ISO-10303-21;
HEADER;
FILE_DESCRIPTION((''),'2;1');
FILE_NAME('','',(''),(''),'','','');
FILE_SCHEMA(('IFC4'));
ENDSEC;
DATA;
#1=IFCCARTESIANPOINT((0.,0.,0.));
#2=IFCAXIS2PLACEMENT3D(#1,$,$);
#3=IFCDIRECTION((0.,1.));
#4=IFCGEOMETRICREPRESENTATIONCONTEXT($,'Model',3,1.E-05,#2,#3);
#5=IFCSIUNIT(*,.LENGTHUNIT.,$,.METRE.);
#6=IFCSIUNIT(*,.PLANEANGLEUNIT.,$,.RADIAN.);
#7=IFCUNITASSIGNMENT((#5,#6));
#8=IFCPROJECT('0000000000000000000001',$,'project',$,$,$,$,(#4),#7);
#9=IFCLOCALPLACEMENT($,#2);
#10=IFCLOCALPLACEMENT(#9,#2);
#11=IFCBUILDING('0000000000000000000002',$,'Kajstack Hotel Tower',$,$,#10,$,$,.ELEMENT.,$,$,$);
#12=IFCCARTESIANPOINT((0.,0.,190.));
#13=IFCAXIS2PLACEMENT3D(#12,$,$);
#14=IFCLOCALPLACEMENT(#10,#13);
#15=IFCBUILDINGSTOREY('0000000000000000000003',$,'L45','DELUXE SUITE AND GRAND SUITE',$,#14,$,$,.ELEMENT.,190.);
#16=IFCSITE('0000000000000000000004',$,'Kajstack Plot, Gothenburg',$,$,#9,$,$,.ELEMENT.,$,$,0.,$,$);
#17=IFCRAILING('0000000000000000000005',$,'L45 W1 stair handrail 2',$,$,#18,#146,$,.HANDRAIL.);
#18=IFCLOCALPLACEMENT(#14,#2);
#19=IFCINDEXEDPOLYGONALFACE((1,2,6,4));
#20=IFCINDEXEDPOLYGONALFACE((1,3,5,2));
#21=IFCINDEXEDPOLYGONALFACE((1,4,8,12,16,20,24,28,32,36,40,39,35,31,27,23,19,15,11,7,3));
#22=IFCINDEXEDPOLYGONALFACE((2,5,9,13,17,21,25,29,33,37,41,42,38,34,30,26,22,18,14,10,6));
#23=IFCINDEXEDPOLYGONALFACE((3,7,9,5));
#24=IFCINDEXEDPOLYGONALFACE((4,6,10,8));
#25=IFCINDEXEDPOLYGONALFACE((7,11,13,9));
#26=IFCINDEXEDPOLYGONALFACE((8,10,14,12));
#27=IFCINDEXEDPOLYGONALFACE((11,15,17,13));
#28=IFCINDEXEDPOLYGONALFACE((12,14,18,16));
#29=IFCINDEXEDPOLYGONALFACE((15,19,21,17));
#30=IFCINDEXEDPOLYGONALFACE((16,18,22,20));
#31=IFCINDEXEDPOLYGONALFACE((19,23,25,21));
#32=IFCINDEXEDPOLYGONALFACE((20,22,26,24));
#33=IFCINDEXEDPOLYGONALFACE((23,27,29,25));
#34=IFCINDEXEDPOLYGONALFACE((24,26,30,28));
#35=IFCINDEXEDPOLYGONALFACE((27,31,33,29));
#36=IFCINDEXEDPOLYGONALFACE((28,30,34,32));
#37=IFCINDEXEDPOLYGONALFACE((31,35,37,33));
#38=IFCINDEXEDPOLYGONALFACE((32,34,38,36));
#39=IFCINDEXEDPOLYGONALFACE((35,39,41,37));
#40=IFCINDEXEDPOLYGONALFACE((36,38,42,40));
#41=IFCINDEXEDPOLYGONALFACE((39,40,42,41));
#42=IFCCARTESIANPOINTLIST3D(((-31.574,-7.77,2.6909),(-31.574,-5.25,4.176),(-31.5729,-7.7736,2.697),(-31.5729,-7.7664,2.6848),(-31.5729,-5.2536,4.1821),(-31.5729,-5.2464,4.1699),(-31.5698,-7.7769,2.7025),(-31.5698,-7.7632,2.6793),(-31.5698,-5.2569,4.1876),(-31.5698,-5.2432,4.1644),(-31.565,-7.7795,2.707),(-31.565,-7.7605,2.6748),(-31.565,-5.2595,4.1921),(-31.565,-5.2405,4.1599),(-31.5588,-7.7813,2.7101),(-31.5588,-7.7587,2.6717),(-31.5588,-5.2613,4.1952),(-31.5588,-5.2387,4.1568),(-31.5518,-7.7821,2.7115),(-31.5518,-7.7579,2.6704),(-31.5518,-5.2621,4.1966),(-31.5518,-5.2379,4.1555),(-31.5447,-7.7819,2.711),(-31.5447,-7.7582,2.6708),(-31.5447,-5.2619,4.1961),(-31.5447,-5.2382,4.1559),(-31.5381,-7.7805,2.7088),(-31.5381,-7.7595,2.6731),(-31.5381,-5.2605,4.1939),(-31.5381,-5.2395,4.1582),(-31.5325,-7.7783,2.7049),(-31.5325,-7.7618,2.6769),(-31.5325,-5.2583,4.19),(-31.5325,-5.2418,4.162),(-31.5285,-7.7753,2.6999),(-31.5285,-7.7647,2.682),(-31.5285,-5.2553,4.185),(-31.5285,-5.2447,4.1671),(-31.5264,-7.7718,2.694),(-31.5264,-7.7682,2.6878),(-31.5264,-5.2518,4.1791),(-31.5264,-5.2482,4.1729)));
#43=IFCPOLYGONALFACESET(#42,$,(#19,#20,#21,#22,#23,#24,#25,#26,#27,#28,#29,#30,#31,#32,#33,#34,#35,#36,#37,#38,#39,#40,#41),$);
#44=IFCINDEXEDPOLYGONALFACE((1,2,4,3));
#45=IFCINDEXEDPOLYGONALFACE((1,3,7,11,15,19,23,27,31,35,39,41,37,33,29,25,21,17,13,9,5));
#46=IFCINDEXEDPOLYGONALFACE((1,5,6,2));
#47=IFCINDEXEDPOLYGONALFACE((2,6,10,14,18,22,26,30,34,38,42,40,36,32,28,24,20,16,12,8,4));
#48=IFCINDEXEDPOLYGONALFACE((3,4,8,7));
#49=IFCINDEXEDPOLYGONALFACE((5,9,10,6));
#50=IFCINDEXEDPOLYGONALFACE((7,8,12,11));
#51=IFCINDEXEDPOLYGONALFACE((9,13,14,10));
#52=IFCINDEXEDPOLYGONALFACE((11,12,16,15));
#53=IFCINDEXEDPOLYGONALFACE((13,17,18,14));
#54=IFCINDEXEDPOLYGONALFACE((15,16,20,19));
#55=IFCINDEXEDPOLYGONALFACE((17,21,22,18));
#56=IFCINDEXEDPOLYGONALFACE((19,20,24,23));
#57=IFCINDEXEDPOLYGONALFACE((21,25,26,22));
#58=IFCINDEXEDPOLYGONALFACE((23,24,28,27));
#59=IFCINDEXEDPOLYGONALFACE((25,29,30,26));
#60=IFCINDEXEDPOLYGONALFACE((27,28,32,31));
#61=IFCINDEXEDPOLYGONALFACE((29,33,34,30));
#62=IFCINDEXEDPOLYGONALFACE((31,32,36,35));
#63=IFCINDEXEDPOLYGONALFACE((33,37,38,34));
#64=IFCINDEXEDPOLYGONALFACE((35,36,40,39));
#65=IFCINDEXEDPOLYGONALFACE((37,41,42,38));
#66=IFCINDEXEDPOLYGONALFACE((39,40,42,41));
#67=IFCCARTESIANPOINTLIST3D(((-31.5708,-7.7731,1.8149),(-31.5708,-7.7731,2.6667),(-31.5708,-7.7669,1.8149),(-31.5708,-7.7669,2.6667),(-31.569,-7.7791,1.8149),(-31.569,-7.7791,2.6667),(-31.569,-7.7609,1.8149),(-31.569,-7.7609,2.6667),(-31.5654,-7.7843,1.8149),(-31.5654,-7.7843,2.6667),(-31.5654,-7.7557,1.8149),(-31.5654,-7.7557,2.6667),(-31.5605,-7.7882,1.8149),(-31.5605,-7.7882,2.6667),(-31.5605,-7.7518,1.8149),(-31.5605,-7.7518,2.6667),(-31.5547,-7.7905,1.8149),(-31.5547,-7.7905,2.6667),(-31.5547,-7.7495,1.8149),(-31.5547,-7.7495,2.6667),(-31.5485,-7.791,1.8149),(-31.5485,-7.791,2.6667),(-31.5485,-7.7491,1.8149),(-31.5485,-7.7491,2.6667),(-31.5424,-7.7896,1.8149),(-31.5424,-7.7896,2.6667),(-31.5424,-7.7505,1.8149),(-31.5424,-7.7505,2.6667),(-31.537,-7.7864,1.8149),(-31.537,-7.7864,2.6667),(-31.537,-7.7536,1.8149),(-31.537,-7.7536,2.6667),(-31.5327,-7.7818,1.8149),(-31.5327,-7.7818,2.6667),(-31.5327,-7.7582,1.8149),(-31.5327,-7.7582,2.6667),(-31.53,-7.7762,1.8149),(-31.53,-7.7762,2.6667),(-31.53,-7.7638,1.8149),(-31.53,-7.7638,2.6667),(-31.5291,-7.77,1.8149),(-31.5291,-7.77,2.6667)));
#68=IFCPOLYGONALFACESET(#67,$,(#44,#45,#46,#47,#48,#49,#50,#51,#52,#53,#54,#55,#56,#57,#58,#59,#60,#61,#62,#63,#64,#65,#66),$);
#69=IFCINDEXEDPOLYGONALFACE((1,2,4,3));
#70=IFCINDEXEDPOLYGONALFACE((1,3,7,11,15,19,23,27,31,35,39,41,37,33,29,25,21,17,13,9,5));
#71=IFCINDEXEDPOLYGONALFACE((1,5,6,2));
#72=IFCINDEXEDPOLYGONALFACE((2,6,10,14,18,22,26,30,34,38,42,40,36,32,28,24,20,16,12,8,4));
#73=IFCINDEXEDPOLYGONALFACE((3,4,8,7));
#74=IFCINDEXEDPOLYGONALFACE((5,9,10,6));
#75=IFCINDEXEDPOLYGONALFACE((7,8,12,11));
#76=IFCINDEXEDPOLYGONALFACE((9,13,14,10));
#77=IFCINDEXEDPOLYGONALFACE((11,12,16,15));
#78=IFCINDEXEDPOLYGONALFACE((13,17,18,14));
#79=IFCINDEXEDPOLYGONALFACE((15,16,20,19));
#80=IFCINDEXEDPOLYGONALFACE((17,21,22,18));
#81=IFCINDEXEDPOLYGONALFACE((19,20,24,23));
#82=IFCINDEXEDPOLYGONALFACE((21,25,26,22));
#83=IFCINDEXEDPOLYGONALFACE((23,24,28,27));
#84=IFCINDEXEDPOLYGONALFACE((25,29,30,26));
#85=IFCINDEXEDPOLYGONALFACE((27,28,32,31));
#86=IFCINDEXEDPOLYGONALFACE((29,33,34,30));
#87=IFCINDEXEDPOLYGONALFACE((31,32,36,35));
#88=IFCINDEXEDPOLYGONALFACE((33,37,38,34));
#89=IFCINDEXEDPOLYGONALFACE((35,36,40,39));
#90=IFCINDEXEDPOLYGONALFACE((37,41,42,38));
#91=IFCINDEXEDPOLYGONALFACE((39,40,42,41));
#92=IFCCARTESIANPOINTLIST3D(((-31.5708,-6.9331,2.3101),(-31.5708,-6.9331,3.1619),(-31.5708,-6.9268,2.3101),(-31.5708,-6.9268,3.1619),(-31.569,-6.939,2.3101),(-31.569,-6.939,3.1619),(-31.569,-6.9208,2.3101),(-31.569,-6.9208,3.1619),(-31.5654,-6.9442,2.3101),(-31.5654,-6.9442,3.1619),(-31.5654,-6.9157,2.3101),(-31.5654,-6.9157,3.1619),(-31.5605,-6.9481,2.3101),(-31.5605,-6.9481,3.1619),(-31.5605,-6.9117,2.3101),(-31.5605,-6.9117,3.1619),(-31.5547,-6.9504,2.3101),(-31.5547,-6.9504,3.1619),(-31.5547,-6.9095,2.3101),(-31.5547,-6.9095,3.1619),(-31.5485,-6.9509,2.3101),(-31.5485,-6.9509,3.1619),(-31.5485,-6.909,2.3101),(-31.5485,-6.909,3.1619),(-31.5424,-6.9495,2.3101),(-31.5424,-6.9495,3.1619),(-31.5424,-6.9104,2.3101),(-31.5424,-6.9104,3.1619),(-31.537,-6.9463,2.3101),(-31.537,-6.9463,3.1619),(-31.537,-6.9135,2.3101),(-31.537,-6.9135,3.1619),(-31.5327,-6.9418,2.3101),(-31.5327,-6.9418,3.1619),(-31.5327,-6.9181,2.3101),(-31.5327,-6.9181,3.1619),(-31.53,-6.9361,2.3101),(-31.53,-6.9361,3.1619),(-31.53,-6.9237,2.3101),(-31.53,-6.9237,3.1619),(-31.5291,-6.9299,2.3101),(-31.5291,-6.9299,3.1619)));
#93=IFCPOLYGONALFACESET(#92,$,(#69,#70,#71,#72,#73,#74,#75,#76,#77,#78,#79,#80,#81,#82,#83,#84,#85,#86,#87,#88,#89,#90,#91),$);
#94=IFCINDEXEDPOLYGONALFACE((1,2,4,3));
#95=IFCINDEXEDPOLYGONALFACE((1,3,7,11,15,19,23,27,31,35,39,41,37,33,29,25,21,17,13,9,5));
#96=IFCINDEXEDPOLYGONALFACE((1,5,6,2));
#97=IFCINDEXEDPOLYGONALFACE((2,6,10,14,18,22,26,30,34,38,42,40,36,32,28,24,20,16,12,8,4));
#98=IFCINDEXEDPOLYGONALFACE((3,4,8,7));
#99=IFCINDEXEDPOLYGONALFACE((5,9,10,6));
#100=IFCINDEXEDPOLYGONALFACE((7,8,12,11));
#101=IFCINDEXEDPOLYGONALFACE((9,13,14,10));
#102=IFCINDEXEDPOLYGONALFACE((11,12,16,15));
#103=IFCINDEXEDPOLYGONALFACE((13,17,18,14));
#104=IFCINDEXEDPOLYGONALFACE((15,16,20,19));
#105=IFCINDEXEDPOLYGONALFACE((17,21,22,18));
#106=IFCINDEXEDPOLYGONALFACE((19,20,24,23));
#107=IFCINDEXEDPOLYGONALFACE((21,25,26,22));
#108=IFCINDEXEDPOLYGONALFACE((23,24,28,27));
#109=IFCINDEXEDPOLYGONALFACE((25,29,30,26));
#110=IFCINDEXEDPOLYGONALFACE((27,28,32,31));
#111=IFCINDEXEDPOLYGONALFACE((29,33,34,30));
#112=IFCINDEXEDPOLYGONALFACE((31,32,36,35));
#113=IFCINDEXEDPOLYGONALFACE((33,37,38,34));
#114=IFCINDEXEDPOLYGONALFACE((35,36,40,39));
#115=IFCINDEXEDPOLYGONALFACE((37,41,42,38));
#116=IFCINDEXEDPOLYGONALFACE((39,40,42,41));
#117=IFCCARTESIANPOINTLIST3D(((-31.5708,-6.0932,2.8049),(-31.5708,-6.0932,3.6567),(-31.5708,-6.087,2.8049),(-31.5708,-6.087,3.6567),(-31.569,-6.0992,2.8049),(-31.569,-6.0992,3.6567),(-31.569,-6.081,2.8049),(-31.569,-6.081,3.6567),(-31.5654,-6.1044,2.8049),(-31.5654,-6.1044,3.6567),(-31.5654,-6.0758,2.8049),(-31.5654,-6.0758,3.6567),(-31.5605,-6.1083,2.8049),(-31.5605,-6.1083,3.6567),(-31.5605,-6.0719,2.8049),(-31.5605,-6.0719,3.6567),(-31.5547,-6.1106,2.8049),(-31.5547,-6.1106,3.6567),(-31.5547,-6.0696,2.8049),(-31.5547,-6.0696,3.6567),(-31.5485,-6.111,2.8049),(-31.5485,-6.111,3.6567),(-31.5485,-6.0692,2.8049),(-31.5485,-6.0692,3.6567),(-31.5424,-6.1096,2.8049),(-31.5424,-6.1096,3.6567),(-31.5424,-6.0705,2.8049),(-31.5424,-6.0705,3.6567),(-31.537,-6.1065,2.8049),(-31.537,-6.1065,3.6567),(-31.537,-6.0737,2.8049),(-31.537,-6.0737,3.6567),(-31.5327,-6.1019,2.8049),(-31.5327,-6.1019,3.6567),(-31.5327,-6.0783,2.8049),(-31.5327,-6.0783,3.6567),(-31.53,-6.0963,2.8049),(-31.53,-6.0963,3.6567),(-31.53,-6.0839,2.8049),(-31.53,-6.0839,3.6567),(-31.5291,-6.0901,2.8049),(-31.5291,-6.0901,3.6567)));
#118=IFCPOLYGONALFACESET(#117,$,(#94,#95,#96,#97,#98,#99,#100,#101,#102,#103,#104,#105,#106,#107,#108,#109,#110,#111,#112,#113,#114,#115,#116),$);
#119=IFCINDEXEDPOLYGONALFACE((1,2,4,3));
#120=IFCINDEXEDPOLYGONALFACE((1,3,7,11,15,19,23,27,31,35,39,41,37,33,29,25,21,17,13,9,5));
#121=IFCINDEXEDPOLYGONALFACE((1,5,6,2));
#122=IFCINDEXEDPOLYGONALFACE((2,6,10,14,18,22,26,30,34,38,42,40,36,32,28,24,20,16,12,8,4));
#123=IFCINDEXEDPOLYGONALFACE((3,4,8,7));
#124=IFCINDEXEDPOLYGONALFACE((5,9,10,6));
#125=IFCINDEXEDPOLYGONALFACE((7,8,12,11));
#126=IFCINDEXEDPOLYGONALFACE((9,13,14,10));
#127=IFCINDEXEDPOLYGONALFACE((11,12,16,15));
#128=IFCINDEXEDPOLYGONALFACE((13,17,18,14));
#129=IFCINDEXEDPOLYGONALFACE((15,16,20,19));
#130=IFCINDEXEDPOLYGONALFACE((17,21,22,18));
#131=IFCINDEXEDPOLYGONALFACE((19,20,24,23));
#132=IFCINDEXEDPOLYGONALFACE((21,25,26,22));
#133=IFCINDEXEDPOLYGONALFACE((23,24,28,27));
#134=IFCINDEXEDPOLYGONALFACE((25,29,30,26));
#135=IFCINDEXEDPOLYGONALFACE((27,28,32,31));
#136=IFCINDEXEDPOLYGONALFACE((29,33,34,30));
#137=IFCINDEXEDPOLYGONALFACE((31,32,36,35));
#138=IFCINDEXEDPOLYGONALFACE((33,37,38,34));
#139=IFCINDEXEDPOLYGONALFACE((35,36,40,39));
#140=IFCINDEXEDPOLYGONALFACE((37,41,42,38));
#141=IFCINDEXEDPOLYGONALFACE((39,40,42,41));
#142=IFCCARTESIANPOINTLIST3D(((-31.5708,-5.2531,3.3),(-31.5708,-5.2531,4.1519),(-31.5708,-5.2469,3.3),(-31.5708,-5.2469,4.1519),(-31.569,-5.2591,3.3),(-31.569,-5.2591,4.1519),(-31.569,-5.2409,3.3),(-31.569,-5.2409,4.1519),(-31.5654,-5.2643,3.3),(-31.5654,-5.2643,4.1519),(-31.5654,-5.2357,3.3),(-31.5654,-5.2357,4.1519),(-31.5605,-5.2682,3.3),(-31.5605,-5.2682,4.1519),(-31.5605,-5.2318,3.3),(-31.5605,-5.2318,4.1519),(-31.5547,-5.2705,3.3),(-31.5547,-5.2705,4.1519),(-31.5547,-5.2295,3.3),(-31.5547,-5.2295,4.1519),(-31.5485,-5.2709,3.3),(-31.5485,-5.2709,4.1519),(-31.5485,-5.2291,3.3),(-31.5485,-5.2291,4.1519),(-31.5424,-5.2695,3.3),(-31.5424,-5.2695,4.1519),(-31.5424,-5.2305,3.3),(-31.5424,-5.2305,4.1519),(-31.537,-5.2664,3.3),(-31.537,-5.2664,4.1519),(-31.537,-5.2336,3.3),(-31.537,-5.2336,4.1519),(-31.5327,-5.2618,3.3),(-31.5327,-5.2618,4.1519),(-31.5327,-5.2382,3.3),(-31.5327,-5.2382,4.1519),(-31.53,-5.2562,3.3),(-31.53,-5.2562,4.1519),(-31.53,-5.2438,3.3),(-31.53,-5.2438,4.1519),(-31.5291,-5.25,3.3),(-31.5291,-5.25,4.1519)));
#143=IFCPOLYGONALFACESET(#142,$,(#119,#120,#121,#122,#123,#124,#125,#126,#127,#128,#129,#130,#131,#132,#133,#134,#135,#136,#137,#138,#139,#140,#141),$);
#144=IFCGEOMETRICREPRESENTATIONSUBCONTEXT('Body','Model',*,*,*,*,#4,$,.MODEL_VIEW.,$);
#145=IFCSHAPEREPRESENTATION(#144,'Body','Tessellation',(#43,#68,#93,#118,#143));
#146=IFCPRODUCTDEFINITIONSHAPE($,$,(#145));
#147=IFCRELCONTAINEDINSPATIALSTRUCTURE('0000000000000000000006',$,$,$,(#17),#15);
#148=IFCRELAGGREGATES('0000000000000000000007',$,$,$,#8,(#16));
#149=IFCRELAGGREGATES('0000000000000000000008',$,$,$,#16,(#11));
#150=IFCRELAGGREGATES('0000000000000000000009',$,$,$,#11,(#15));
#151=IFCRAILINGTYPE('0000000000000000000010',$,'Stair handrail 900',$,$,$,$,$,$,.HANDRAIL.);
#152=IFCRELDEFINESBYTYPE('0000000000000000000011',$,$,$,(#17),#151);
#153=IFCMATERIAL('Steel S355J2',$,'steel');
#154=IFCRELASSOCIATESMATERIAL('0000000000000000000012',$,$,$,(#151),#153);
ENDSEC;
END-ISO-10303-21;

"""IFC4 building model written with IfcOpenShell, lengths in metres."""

from ifc_helpers import new_model, si_unit, direction, frame, origin, origin_2d, place, context, subcontext, project, spatial, circle, extrude, material, type_object, element, save


model = new_model("IFC4")

# Units and contexts
model_context = context("Model", 3, precision=1e-05, world=origin(), true_north=direction((0.0, 1.0)))
body_context = subcontext(model_context, "Body", "Model", "MODEL_VIEW")
ifc_project = project(units=[si_unit("LENGTHUNIT", "METRE"), si_unit("PLANEANGLEUNIT", "RADIAN")], contexts=[model_context])

# Site, building, storey
site_placement = place(None, origin())
site = spatial("IfcSite", under=ifc_project, at=site_placement, Name="Kajstack Plot, Gothenburg", CompositionType="ELEMENT", RefElevation=0.0)
building_placement = place(site_placement, origin())
building = spatial("IfcBuilding", under=site, at=building_placement, Name="Kajstack Hotel Tower", CompositionType="ELEMENT")
storey_placement = place(building_placement, frame((0.0, 0.0, 190.0)))
storey = spatial("IfcBuildingStorey", under=building, at=storey_placement, Name="L45", Description="DELUXE SUITE AND GRAND SUITE", CompositionType="ELEMENT", Elevation=190.0)

# Railing
ifc_material_1 = material(Name="Steel S355J2", Category="steel")
railing_type_1 = type_object("IfcRailingType", Name="Stair handrail 900", PredefinedType="HANDRAIL", material=ifc_material_1)
railing_1_placement = place(storey_placement, frame((-31.55, -7.77, 1.8149)))
element("IfcRailing", 1, at=railing_1_placement, inside=storey, type_object=railing_type_1, Name="L45 W1 stair handrail 2", PredefinedType="HANDRAIL", context=body_context, shape_type="SweptSolid", body=[
    extrude(circle(Radius=0.0239, at=origin_2d()), frame((0.0, 0.0, 0.876), z_axis=(0.0, 0.861524, 0.507717), x_axis=(-1.0, 0.0, 0.0)), (0.0, 0.0, 1.0), 2.925),
    extrude(circle(Radius=0.021, at=origin_2d()), origin(), (0.0, 0.0, 1.0), 0.8518),
    extrude(circle(Radius=0.021, at=origin_2d()), frame((0.0, 0.8401, 0.4951)), (0.0, 0.0, 1.0), 0.8518),
    extrude(circle(Radius=0.021, at=origin_2d()), frame((0.0, 1.6799, 0.99)), (0.0, 0.0, 1.0), 0.8518),
    extrude(circle(Radius=0.021, at=origin_2d()), frame((0.0, 2.52, 1.4851)), (0.0, 0.0, 1.0), 0.8518),
])

save(model, "model.ifc")
